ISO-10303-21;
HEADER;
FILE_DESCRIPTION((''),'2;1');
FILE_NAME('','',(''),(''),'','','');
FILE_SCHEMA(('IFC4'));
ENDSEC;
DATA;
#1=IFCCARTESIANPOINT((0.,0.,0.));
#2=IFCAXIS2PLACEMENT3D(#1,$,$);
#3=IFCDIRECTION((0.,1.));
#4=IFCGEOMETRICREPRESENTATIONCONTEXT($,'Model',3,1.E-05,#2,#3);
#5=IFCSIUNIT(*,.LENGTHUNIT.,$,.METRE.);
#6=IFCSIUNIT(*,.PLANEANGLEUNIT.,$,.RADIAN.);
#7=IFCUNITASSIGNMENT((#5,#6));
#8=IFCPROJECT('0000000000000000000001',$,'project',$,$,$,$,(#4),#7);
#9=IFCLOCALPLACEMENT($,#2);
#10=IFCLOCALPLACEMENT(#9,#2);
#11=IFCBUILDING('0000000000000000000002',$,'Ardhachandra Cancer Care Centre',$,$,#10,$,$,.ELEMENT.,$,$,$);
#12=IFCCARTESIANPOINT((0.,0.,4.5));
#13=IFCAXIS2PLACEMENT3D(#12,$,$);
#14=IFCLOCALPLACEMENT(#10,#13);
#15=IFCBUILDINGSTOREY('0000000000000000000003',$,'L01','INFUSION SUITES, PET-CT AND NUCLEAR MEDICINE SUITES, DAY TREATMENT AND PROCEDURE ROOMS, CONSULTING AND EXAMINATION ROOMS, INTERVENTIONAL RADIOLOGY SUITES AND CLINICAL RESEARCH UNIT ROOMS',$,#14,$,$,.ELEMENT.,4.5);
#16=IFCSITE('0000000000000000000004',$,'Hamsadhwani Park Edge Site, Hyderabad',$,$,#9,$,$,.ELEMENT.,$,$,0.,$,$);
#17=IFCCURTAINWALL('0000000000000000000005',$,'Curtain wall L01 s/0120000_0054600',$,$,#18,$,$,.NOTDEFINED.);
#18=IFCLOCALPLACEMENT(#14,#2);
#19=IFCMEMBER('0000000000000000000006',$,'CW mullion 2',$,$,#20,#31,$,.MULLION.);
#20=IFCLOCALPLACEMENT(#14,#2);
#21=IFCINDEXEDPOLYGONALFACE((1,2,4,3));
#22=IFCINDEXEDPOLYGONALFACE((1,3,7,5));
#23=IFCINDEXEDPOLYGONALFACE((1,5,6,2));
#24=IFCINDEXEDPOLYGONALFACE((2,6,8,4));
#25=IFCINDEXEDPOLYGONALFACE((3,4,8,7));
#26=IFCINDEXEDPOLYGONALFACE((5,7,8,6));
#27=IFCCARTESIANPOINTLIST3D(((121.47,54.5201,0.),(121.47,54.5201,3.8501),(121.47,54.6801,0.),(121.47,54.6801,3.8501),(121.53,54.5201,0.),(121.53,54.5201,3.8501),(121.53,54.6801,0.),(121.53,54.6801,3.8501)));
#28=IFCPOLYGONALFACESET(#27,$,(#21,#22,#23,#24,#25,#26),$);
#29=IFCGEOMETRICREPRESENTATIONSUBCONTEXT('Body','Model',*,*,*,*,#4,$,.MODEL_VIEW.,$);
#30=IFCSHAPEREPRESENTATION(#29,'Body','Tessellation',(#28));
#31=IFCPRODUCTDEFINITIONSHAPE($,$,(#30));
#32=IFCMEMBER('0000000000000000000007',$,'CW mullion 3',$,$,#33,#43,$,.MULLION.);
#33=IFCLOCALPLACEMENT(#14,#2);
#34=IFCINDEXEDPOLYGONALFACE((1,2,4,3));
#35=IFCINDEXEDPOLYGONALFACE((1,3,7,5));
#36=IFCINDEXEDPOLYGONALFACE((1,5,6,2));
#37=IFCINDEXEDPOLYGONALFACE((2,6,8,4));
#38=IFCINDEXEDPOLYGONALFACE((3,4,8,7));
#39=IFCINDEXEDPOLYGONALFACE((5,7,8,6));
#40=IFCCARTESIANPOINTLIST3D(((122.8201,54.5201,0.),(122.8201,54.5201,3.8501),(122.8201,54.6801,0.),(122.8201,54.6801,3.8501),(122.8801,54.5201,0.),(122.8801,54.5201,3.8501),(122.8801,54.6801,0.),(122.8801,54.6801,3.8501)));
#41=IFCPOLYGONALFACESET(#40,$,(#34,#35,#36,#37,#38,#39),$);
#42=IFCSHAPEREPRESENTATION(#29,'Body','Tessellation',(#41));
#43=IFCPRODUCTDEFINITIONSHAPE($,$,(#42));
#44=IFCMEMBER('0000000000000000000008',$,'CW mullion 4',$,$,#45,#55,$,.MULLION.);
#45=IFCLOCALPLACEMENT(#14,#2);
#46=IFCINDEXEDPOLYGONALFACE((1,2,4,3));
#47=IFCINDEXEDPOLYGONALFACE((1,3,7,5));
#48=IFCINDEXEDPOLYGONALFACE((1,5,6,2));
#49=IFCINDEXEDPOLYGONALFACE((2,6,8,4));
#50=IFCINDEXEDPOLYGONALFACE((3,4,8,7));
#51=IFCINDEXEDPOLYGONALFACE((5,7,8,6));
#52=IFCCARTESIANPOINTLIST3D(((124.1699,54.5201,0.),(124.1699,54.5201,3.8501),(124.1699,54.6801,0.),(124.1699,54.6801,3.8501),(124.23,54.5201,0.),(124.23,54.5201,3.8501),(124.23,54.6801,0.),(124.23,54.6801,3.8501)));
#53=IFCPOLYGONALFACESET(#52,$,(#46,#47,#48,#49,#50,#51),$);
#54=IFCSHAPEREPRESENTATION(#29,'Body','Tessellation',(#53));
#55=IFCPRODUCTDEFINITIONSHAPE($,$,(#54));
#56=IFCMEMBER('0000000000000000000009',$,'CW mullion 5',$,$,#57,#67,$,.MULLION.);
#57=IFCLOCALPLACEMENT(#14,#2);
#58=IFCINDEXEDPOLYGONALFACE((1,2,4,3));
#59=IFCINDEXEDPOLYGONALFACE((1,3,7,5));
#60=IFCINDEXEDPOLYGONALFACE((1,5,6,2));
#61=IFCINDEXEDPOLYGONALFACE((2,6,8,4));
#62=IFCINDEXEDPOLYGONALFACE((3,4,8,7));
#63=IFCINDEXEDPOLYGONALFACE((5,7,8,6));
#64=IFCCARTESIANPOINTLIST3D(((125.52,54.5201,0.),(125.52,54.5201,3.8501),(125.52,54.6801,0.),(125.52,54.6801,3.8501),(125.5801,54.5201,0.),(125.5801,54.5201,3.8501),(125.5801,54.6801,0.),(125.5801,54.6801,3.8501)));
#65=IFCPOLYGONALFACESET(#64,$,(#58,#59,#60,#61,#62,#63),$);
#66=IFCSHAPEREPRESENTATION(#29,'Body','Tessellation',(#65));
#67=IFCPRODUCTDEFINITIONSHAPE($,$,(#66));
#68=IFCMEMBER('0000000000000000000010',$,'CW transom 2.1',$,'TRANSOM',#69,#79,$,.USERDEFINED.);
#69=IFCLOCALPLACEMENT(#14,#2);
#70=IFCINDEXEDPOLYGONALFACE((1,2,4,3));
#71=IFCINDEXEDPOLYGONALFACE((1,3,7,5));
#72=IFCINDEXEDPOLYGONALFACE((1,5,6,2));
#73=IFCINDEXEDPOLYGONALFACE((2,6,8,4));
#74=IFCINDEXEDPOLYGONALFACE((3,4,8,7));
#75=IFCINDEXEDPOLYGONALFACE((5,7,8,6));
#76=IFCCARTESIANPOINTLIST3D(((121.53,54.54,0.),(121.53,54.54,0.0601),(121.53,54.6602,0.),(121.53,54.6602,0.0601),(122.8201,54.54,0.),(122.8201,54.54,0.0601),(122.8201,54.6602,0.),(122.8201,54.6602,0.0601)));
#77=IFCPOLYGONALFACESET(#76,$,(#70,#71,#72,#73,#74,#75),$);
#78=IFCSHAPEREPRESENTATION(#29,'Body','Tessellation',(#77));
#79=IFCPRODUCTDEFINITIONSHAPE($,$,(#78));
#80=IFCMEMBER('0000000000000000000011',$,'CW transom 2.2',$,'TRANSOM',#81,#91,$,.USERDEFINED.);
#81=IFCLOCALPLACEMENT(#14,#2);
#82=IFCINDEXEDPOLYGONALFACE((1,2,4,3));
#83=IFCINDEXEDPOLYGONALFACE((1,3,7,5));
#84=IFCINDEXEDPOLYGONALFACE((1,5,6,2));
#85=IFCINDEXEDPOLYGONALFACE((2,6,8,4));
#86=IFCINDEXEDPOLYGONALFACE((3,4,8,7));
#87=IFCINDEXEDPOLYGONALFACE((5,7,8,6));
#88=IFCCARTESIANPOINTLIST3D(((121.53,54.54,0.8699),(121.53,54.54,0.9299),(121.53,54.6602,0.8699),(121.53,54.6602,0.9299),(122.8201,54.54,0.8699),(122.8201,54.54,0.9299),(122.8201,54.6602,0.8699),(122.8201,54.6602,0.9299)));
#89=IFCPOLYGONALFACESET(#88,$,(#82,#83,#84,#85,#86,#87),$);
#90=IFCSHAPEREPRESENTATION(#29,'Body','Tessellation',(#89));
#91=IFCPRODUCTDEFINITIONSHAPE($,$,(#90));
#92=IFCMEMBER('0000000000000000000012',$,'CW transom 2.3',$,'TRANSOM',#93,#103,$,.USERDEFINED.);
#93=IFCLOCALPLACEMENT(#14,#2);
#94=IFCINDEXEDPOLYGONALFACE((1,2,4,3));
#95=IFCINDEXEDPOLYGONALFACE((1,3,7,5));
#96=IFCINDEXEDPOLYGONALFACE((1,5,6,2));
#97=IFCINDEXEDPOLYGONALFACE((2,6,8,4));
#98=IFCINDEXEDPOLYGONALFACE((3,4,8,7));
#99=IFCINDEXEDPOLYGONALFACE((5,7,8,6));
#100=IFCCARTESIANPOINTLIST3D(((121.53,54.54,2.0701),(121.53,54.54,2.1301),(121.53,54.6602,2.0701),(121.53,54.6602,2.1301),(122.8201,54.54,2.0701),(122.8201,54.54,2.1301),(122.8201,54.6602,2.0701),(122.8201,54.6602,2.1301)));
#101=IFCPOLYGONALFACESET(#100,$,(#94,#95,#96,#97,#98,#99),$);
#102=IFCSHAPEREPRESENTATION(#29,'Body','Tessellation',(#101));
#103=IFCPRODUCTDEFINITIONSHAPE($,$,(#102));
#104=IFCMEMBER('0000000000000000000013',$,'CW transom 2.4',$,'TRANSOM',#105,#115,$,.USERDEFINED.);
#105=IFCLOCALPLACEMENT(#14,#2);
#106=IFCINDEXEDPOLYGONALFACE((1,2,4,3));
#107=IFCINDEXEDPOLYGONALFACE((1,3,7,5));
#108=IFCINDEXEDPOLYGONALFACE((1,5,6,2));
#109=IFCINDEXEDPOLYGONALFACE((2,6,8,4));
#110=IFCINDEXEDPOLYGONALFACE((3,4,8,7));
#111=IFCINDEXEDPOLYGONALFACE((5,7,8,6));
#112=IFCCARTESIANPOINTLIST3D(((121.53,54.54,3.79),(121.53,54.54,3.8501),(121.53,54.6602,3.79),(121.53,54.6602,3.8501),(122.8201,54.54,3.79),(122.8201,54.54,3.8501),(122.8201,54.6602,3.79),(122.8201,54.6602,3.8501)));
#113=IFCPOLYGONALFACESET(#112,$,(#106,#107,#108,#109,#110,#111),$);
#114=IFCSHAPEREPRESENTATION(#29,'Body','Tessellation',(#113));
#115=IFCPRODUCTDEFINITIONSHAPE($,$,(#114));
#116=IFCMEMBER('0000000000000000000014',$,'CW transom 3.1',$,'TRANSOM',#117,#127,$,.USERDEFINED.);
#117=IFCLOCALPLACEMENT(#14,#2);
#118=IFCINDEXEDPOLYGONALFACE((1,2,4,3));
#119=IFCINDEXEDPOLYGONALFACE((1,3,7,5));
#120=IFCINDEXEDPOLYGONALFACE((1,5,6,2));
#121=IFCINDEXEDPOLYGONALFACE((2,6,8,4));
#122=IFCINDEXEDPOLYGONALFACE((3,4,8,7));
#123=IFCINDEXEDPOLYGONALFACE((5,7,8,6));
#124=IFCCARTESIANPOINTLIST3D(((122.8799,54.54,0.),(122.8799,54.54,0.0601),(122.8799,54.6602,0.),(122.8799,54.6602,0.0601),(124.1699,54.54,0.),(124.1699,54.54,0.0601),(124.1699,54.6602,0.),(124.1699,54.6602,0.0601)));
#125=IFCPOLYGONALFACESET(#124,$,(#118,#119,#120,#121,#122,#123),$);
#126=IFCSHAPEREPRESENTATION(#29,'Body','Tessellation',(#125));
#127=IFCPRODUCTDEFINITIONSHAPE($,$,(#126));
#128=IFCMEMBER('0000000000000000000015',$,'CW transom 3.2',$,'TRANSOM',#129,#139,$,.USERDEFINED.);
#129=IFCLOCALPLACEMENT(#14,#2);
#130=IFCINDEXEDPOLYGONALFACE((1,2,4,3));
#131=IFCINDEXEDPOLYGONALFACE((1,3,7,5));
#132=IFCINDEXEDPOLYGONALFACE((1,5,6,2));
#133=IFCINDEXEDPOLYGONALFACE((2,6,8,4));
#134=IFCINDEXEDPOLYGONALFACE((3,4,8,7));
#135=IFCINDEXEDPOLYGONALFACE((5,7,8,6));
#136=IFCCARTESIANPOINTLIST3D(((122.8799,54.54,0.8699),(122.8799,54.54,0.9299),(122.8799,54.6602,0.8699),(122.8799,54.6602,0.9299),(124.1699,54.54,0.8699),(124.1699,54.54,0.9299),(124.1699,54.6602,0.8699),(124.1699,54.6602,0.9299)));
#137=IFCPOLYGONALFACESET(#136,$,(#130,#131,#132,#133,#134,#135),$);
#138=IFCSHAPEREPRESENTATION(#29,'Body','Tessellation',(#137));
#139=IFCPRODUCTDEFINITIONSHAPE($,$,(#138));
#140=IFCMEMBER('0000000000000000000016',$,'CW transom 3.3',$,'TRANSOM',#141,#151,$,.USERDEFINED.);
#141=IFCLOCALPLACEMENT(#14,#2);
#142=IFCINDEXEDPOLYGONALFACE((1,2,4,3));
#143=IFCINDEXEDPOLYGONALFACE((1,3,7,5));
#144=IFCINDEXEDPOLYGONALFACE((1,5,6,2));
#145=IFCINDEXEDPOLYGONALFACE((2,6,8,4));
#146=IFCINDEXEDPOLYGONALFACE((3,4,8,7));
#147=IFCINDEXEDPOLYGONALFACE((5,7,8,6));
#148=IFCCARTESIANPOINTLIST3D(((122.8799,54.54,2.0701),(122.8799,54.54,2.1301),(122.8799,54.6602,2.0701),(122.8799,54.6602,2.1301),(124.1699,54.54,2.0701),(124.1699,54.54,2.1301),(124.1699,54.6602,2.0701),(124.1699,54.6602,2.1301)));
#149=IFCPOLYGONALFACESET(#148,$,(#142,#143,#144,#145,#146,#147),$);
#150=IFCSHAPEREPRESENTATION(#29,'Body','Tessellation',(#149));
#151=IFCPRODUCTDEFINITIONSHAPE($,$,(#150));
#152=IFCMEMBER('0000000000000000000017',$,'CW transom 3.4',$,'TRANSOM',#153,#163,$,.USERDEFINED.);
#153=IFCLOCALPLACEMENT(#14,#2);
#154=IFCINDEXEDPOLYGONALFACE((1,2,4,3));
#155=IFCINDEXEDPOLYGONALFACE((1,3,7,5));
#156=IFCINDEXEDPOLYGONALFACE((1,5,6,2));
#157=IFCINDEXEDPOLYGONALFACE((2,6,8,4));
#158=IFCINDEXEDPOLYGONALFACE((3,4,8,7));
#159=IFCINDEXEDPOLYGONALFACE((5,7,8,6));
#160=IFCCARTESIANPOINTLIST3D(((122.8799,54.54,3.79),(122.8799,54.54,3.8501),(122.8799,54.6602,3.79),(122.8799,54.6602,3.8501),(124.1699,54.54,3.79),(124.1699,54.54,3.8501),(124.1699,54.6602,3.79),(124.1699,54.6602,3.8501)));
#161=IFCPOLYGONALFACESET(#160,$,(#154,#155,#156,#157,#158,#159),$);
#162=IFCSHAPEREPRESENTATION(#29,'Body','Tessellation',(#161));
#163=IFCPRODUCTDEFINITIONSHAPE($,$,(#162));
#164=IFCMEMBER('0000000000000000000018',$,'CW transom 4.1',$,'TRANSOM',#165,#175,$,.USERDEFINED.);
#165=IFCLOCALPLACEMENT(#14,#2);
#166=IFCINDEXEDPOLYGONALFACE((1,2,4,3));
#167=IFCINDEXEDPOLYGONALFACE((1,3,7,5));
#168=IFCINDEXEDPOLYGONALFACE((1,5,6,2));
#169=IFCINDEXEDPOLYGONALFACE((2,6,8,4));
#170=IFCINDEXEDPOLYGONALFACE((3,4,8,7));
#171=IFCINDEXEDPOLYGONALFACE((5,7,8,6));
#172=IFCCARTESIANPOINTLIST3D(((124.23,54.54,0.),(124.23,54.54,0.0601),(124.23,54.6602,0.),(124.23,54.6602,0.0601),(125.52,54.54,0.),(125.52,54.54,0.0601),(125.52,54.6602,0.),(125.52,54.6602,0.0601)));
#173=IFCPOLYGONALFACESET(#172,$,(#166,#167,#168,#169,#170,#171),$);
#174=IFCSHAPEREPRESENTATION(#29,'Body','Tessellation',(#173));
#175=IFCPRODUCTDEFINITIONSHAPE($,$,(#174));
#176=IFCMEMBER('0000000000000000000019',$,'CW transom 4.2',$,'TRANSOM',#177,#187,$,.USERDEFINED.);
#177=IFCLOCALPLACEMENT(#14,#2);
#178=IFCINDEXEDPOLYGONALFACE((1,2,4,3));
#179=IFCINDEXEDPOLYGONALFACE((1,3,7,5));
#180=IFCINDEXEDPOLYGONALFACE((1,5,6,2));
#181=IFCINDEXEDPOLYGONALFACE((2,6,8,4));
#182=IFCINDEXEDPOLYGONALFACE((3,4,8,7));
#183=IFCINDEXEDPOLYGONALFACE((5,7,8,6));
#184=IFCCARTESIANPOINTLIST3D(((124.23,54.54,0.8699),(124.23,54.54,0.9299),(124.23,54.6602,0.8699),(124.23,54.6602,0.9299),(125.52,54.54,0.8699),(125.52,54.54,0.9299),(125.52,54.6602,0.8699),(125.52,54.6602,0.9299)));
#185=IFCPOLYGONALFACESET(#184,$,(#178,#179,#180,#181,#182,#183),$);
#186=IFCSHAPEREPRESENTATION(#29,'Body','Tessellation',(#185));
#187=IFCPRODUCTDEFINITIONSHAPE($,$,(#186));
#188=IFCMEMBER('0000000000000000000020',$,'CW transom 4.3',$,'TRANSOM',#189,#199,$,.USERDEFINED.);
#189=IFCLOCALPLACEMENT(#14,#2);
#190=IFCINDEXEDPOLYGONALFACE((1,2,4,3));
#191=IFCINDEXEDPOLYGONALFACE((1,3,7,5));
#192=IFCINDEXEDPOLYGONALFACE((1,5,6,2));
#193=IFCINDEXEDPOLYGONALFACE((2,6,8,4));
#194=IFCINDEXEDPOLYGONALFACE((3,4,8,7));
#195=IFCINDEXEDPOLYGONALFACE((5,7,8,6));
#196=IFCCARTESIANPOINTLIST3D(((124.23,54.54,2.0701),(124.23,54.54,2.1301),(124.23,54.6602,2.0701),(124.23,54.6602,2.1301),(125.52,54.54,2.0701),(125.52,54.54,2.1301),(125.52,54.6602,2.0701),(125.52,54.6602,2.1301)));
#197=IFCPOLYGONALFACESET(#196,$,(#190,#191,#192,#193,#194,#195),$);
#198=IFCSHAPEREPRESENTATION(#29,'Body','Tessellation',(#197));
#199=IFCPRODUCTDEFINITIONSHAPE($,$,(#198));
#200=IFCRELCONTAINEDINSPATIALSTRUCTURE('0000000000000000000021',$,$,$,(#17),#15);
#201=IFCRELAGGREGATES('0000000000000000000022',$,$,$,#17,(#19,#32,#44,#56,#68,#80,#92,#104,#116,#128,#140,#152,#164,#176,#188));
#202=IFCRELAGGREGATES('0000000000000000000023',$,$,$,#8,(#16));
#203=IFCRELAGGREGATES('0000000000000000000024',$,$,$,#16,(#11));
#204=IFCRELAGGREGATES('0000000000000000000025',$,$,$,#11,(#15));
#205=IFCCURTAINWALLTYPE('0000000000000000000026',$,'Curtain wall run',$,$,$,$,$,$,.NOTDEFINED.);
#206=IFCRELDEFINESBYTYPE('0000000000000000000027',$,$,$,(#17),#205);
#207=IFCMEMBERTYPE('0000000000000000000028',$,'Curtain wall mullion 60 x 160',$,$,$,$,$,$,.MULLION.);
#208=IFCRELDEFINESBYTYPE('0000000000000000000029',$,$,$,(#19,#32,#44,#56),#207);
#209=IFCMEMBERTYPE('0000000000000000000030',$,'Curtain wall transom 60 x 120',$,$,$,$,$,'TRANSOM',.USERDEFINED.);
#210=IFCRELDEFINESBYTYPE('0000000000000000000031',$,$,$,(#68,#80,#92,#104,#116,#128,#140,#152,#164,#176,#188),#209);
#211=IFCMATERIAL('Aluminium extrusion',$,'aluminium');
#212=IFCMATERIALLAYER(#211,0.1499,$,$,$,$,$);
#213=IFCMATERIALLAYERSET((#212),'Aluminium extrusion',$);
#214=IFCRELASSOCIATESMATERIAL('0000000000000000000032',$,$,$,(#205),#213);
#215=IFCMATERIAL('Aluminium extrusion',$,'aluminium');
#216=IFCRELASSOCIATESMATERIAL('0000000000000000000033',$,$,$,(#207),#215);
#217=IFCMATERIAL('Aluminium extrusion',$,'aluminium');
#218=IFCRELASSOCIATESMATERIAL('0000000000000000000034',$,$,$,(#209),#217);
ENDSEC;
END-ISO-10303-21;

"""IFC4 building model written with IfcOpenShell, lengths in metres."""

from ifc_helpers import new_model, si_unit, direction, frame, origin, origin_2d, place, context, subcontext, project, spatial, rectangle, extrude, material, layer, layer_set, material_profile, profile_set, type_object, element, aggregate, save


model = new_model("IFC4")

# Units and contexts
model_context = context("Model", 3, precision=1e-05, world=origin(), true_north=direction((0.0, 1.0)))
body_context = subcontext(model_context, "Body", "Model", "MODEL_VIEW")
ifc_project = project(units=[si_unit("LENGTHUNIT", "METRE"), si_unit("PLANEANGLEUNIT", "RADIAN")], contexts=[model_context])

# Site, building, storey
site_placement = place(None, origin())
site = spatial("IfcSite", under=ifc_project, at=site_placement, Name="Hamsadhwani Park Edge Site, Hyderabad", CompositionType="ELEMENT", RefElevation=0.0)
building_placement = place(site_placement, origin())
building = spatial("IfcBuilding", under=site, at=building_placement, Name="Ardhachandra Cancer Care Centre", CompositionType="ELEMENT")
storey_placement = place(building_placement, frame((0.0, 0.0, 4.5)))
storey = spatial("IfcBuildingStorey", under=building, at=storey_placement, Name="L01", Description="INFUSION SUITES, PET-CT AND NUCLEAR MEDICINE SUITES, DAY TREATMENT AND PROCEDURE ROOMS, CONSULTING AND EXAMINATION ROOMS, INTERVENTIONAL RADIOLOGY SUITES AND CLINICAL RESEARCH UNIT ROOMS", CompositionType="ELEMENT", Elevation=4.5)

# Curtain wall, members
ifc_material_1 = material(Name="Aluminium extrusion", Category="aluminium")
ifc_layer_1 = layer(ifc_material_1, 0.1499)
ifc_layer_set_1 = layer_set([ifc_layer_1], Name="Aluminium extrusion")
curtain_wall_type = type_object("IfcCurtainWallType", Name="Curtain wall run", PredefinedType="NOTDEFINED", material=ifc_layer_set_1)
curtain_wall_placement = place(storey_placement, origin())
curtain_wall = element("IfcCurtainWall", 1, at=curtain_wall_placement, inside=storey, type_object=curtain_wall_type, Name="Curtain wall L01 s/0120000_0054600", PredefinedType="NOTDEFINED")
ifc_material_2 = material(Name="Aluminium extrusion", Category="aluminium")
ifc_material_profile_1 = material_profile(ifc_material_2, rectangle(XDim=0.1599, YDim=0.0601, at=origin_2d()), Name="Curtain wall mullion 60 x 160")
ifc_profile_set_1 = profile_set([ifc_material_profile_1], Name="Aluminium extrusion")
member_type_1 = type_object("IfcMemberType", Name="Curtain wall mullion 60 x 160", PredefinedType="MULLION", material=ifc_profile_set_1)
member_1_placement = place(storey_placement, frame((121.5, 54.6001, 0.0), z_axis=(0.0, 0.0, 1.0), x_axis=(0.0, 1.0, 0.0)))
member_1 = element("IfcMember", 2, at=member_1_placement, type_object=member_type_1, Name="CW mullion 2", PredefinedType="MULLION", context=body_context, shape_type="SweptSolid", body=[
    extrude(rectangle(XDim=0.1599, YDim=0.0601, at=origin_2d()), origin(), (0.0, 0.0, 1.0), 3.8501),
])
member_2_placement = place(storey_placement, frame((122.8501, 54.6001, 0.0), z_axis=(0.0, 0.0, 1.0), x_axis=(0.0, 1.0, 0.0)))
member_2 = element("IfcMember", 3, at=member_2_placement, type_object=member_type_1, Name="CW mullion 3", PredefinedType="MULLION", context=body_context, shape_type="SweptSolid", body=[
    extrude(rectangle(XDim=0.1599, YDim=0.0601, at=origin_2d()), origin(), (0.0, 0.0, 1.0), 3.8501),
])
member_3_placement = place(storey_placement, frame((124.2, 54.6001, 0.0), z_axis=(0.0, 0.0, 1.0), x_axis=(0.0, 1.0, 0.0)))
member_3 = element("IfcMember", 4, at=member_3_placement, type_object=member_type_1, Name="CW mullion 4", PredefinedType="MULLION", context=body_context, shape_type="SweptSolid", body=[
    extrude(rectangle(XDim=0.1599, YDim=0.0601, at=origin_2d()), origin(), (0.0, 0.0, 1.0), 3.8501),
])
member_4_placement = place(storey_placement, frame((125.55, 54.6001, 0.0), z_axis=(0.0, 0.0, 1.0), x_axis=(0.0, 1.0, 0.0)))
member_4 = element("IfcMember", 5, at=member_4_placement, type_object=member_type_1, Name="CW mullion 5", PredefinedType="MULLION", context=body_context, shape_type="SweptSolid", body=[
    extrude(rectangle(XDim=0.1599, YDim=0.0601, at=origin_2d()), origin(), (0.0, 0.0, 1.0), 3.8501),
])
ifc_material_3 = material(Name="Aluminium extrusion", Category="aluminium")
ifc_material_profile_2 = material_profile(ifc_material_3, rectangle(XDim=0.1201, YDim=0.0601, at=origin_2d()), Name="Curtain wall transom 60 x 120")
ifc_profile_set_2 = profile_set([ifc_material_profile_2], Name="Aluminium extrusion")
member_type_2 = type_object("IfcMemberType", Name="Curtain wall transom 60 x 120", ElementType="TRANSOM", PredefinedType="USERDEFINED", material=ifc_profile_set_2)
member_5_placement = place(storey_placement, frame((121.53, 54.6001, 0.03), z_axis=(1.0, 0.0, 0.0), x_axis=(0.0, 1.0, 0.0)))
member_5 = element("IfcMember", 6, at=member_5_placement, type_object=member_type_2, Name="CW transom 2.1", ObjectType="TRANSOM", PredefinedType="USERDEFINED", context=body_context, shape_type="SweptSolid", body=[
    extrude(rectangle(XDim=0.1201, YDim=0.0601, at=origin_2d()), origin(), (0.0, 0.0, 1.0), 1.29),
])
member_6_placement = place(storey_placement, frame((121.53, 54.6001, 0.8999), z_axis=(1.0, 0.0, 0.0), x_axis=(0.0, 1.0, 0.0)))
member_6 = element("IfcMember", 7, at=member_6_placement, type_object=member_type_2, Name="CW transom 2.2", ObjectType="TRANSOM", PredefinedType="USERDEFINED", context=body_context, shape_type="SweptSolid", body=[
    extrude(rectangle(XDim=0.1201, YDim=0.0601, at=origin_2d()), origin(), (0.0, 0.0, 1.0), 1.29),
])
member_7_placement = place(storey_placement, frame((121.53, 54.6001, 2.1001), z_axis=(1.0, 0.0, 0.0), x_axis=(0.0, 1.0, 0.0)))
member_7 = element("IfcMember", 8, at=member_7_placement, type_object=member_type_2, Name="CW transom 2.3", ObjectType="TRANSOM", PredefinedType="USERDEFINED", context=body_context, shape_type="SweptSolid", body=[
    extrude(rectangle(XDim=0.1201, YDim=0.0601, at=origin_2d()), origin(), (0.0, 0.0, 1.0), 1.29),
])
member_8_placement = place(storey_placement, frame((121.53, 54.6001, 3.8201), z_axis=(1.0, 0.0, 0.0), x_axis=(0.0, 1.0, 0.0)))
member_8 = element("IfcMember", 9, at=member_8_placement, type_object=member_type_2, Name="CW transom 2.4", ObjectType="TRANSOM", PredefinedType="USERDEFINED", context=body_context, shape_type="SweptSolid", body=[
    extrude(rectangle(XDim=0.1201, YDim=0.0601, at=origin_2d()), origin(), (0.0, 0.0, 1.0), 1.29),
])
member_9_placement = place(storey_placement, frame((122.8799, 54.6001, 0.03), z_axis=(1.0, 0.0, 0.0), x_axis=(0.0, 1.0, 0.0)))
member_9 = element("IfcMember", 10, at=member_9_placement, type_object=member_type_2, Name="CW transom 3.1", ObjectType="TRANSOM", PredefinedType="USERDEFINED", context=body_context, shape_type="SweptSolid", body=[
    extrude(rectangle(XDim=0.1201, YDim=0.0601, at=origin_2d()), origin(), (0.0, 0.0, 1.0), 1.29),
])
member_10_placement = place(storey_placement, frame((122.8799, 54.6001, 0.8999), z_axis=(1.0, 0.0, 0.0), x_axis=(0.0, 1.0, 0.0)))
member_10 = element("IfcMember", 11, at=member_10_placement, type_object=member_type_2, Name="CW transom 3.2", ObjectType="TRANSOM", PredefinedType="USERDEFINED", context=body_context, shape_type="SweptSolid", body=[
    extrude(rectangle(XDim=0.1201, YDim=0.0601, at=origin_2d()), origin(), (0.0, 0.0, 1.0), 1.29),
])
member_11_placement = place(storey_placement, frame((122.8799, 54.6001, 2.1001), z_axis=(1.0, 0.0, 0.0), x_axis=(0.0, 1.0, 0.0)))
member_11 = element("IfcMember", 12, at=member_11_placement, type_object=member_type_2, Name="CW transom 3.3", ObjectType="TRANSOM", PredefinedType="USERDEFINED", context=body_context, shape_type="SweptSolid", body=[
    extrude(rectangle(XDim=0.1201, YDim=0.0601, at=origin_2d()), origin(), (0.0, 0.0, 1.0), 1.29),
])
member_12_placement = place(storey_placement, frame((122.8799, 54.6001, 3.8201), z_axis=(1.0, 0.0, 0.0), x_axis=(0.0, 1.0, 0.0)))
member_12 = element("IfcMember", 13, at=member_12_placement, type_object=member_type_2, Name="CW transom 3.4", ObjectType="TRANSOM", PredefinedType="USERDEFINED", context=body_context, shape_type="SweptSolid", body=[
    extrude(rectangle(XDim=0.1201, YDim=0.0601, at=origin_2d()), origin(), (0.0, 0.0, 1.0), 1.29),
])
member_13_placement = place(storey_placement, frame((124.23, 54.6001, 0.03), z_axis=(1.0, 0.0, 0.0), x_axis=(0.0, 1.0, 0.0)))
member_13 = element("IfcMember", 14, at=member_13_placement, type_object=member_type_2, Name="CW transom 4.1", ObjectType="TRANSOM", PredefinedType="USERDEFINED", context=body_context, shape_type="SweptSolid", body=[
    extrude(rectangle(XDim=0.1201, YDim=0.0601, at=origin_2d()), origin(), (0.0, 0.0, 1.0), 1.29),
])
member_14_placement = place(storey_placement, frame((124.23, 54.6001, 0.8999), z_axis=(1.0, 0.0, 0.0), x_axis=(0.0, 1.0, 0.0)))
member_14 = element("IfcMember", 15, at=member_14_placement, type_object=member_type_2, Name="CW transom 4.2", ObjectType="TRANSOM", PredefinedType="USERDEFINED", context=body_context, shape_type="SweptSolid", body=[
    extrude(rectangle(XDim=0.1201, YDim=0.0601, at=origin_2d()), origin(), (0.0, 0.0, 1.0), 1.29),
])
member_15_placement = place(storey_placement, frame((124.23, 54.6001, 2.1001), z_axis=(1.0, 0.0, 0.0), x_axis=(0.0, 1.0, 0.0)))
member_15 = element("IfcMember", 16, at=member_15_placement, type_object=member_type_2, Name="CW transom 4.3", ObjectType="TRANSOM", PredefinedType="USERDEFINED", context=body_context, shape_type="SweptSolid", body=[
    extrude(rectangle(XDim=0.1201, YDim=0.0601, at=origin_2d()), origin(), (0.0, 0.0, 1.0), 1.29),
])
aggregate(curtain_wall, [member_1, member_2, member_3, member_4, member_5, member_6, member_7, member_8, member_9, member_10, member_11, member_12, member_13, member_14, member_15])

save(model, "model.ifc")
